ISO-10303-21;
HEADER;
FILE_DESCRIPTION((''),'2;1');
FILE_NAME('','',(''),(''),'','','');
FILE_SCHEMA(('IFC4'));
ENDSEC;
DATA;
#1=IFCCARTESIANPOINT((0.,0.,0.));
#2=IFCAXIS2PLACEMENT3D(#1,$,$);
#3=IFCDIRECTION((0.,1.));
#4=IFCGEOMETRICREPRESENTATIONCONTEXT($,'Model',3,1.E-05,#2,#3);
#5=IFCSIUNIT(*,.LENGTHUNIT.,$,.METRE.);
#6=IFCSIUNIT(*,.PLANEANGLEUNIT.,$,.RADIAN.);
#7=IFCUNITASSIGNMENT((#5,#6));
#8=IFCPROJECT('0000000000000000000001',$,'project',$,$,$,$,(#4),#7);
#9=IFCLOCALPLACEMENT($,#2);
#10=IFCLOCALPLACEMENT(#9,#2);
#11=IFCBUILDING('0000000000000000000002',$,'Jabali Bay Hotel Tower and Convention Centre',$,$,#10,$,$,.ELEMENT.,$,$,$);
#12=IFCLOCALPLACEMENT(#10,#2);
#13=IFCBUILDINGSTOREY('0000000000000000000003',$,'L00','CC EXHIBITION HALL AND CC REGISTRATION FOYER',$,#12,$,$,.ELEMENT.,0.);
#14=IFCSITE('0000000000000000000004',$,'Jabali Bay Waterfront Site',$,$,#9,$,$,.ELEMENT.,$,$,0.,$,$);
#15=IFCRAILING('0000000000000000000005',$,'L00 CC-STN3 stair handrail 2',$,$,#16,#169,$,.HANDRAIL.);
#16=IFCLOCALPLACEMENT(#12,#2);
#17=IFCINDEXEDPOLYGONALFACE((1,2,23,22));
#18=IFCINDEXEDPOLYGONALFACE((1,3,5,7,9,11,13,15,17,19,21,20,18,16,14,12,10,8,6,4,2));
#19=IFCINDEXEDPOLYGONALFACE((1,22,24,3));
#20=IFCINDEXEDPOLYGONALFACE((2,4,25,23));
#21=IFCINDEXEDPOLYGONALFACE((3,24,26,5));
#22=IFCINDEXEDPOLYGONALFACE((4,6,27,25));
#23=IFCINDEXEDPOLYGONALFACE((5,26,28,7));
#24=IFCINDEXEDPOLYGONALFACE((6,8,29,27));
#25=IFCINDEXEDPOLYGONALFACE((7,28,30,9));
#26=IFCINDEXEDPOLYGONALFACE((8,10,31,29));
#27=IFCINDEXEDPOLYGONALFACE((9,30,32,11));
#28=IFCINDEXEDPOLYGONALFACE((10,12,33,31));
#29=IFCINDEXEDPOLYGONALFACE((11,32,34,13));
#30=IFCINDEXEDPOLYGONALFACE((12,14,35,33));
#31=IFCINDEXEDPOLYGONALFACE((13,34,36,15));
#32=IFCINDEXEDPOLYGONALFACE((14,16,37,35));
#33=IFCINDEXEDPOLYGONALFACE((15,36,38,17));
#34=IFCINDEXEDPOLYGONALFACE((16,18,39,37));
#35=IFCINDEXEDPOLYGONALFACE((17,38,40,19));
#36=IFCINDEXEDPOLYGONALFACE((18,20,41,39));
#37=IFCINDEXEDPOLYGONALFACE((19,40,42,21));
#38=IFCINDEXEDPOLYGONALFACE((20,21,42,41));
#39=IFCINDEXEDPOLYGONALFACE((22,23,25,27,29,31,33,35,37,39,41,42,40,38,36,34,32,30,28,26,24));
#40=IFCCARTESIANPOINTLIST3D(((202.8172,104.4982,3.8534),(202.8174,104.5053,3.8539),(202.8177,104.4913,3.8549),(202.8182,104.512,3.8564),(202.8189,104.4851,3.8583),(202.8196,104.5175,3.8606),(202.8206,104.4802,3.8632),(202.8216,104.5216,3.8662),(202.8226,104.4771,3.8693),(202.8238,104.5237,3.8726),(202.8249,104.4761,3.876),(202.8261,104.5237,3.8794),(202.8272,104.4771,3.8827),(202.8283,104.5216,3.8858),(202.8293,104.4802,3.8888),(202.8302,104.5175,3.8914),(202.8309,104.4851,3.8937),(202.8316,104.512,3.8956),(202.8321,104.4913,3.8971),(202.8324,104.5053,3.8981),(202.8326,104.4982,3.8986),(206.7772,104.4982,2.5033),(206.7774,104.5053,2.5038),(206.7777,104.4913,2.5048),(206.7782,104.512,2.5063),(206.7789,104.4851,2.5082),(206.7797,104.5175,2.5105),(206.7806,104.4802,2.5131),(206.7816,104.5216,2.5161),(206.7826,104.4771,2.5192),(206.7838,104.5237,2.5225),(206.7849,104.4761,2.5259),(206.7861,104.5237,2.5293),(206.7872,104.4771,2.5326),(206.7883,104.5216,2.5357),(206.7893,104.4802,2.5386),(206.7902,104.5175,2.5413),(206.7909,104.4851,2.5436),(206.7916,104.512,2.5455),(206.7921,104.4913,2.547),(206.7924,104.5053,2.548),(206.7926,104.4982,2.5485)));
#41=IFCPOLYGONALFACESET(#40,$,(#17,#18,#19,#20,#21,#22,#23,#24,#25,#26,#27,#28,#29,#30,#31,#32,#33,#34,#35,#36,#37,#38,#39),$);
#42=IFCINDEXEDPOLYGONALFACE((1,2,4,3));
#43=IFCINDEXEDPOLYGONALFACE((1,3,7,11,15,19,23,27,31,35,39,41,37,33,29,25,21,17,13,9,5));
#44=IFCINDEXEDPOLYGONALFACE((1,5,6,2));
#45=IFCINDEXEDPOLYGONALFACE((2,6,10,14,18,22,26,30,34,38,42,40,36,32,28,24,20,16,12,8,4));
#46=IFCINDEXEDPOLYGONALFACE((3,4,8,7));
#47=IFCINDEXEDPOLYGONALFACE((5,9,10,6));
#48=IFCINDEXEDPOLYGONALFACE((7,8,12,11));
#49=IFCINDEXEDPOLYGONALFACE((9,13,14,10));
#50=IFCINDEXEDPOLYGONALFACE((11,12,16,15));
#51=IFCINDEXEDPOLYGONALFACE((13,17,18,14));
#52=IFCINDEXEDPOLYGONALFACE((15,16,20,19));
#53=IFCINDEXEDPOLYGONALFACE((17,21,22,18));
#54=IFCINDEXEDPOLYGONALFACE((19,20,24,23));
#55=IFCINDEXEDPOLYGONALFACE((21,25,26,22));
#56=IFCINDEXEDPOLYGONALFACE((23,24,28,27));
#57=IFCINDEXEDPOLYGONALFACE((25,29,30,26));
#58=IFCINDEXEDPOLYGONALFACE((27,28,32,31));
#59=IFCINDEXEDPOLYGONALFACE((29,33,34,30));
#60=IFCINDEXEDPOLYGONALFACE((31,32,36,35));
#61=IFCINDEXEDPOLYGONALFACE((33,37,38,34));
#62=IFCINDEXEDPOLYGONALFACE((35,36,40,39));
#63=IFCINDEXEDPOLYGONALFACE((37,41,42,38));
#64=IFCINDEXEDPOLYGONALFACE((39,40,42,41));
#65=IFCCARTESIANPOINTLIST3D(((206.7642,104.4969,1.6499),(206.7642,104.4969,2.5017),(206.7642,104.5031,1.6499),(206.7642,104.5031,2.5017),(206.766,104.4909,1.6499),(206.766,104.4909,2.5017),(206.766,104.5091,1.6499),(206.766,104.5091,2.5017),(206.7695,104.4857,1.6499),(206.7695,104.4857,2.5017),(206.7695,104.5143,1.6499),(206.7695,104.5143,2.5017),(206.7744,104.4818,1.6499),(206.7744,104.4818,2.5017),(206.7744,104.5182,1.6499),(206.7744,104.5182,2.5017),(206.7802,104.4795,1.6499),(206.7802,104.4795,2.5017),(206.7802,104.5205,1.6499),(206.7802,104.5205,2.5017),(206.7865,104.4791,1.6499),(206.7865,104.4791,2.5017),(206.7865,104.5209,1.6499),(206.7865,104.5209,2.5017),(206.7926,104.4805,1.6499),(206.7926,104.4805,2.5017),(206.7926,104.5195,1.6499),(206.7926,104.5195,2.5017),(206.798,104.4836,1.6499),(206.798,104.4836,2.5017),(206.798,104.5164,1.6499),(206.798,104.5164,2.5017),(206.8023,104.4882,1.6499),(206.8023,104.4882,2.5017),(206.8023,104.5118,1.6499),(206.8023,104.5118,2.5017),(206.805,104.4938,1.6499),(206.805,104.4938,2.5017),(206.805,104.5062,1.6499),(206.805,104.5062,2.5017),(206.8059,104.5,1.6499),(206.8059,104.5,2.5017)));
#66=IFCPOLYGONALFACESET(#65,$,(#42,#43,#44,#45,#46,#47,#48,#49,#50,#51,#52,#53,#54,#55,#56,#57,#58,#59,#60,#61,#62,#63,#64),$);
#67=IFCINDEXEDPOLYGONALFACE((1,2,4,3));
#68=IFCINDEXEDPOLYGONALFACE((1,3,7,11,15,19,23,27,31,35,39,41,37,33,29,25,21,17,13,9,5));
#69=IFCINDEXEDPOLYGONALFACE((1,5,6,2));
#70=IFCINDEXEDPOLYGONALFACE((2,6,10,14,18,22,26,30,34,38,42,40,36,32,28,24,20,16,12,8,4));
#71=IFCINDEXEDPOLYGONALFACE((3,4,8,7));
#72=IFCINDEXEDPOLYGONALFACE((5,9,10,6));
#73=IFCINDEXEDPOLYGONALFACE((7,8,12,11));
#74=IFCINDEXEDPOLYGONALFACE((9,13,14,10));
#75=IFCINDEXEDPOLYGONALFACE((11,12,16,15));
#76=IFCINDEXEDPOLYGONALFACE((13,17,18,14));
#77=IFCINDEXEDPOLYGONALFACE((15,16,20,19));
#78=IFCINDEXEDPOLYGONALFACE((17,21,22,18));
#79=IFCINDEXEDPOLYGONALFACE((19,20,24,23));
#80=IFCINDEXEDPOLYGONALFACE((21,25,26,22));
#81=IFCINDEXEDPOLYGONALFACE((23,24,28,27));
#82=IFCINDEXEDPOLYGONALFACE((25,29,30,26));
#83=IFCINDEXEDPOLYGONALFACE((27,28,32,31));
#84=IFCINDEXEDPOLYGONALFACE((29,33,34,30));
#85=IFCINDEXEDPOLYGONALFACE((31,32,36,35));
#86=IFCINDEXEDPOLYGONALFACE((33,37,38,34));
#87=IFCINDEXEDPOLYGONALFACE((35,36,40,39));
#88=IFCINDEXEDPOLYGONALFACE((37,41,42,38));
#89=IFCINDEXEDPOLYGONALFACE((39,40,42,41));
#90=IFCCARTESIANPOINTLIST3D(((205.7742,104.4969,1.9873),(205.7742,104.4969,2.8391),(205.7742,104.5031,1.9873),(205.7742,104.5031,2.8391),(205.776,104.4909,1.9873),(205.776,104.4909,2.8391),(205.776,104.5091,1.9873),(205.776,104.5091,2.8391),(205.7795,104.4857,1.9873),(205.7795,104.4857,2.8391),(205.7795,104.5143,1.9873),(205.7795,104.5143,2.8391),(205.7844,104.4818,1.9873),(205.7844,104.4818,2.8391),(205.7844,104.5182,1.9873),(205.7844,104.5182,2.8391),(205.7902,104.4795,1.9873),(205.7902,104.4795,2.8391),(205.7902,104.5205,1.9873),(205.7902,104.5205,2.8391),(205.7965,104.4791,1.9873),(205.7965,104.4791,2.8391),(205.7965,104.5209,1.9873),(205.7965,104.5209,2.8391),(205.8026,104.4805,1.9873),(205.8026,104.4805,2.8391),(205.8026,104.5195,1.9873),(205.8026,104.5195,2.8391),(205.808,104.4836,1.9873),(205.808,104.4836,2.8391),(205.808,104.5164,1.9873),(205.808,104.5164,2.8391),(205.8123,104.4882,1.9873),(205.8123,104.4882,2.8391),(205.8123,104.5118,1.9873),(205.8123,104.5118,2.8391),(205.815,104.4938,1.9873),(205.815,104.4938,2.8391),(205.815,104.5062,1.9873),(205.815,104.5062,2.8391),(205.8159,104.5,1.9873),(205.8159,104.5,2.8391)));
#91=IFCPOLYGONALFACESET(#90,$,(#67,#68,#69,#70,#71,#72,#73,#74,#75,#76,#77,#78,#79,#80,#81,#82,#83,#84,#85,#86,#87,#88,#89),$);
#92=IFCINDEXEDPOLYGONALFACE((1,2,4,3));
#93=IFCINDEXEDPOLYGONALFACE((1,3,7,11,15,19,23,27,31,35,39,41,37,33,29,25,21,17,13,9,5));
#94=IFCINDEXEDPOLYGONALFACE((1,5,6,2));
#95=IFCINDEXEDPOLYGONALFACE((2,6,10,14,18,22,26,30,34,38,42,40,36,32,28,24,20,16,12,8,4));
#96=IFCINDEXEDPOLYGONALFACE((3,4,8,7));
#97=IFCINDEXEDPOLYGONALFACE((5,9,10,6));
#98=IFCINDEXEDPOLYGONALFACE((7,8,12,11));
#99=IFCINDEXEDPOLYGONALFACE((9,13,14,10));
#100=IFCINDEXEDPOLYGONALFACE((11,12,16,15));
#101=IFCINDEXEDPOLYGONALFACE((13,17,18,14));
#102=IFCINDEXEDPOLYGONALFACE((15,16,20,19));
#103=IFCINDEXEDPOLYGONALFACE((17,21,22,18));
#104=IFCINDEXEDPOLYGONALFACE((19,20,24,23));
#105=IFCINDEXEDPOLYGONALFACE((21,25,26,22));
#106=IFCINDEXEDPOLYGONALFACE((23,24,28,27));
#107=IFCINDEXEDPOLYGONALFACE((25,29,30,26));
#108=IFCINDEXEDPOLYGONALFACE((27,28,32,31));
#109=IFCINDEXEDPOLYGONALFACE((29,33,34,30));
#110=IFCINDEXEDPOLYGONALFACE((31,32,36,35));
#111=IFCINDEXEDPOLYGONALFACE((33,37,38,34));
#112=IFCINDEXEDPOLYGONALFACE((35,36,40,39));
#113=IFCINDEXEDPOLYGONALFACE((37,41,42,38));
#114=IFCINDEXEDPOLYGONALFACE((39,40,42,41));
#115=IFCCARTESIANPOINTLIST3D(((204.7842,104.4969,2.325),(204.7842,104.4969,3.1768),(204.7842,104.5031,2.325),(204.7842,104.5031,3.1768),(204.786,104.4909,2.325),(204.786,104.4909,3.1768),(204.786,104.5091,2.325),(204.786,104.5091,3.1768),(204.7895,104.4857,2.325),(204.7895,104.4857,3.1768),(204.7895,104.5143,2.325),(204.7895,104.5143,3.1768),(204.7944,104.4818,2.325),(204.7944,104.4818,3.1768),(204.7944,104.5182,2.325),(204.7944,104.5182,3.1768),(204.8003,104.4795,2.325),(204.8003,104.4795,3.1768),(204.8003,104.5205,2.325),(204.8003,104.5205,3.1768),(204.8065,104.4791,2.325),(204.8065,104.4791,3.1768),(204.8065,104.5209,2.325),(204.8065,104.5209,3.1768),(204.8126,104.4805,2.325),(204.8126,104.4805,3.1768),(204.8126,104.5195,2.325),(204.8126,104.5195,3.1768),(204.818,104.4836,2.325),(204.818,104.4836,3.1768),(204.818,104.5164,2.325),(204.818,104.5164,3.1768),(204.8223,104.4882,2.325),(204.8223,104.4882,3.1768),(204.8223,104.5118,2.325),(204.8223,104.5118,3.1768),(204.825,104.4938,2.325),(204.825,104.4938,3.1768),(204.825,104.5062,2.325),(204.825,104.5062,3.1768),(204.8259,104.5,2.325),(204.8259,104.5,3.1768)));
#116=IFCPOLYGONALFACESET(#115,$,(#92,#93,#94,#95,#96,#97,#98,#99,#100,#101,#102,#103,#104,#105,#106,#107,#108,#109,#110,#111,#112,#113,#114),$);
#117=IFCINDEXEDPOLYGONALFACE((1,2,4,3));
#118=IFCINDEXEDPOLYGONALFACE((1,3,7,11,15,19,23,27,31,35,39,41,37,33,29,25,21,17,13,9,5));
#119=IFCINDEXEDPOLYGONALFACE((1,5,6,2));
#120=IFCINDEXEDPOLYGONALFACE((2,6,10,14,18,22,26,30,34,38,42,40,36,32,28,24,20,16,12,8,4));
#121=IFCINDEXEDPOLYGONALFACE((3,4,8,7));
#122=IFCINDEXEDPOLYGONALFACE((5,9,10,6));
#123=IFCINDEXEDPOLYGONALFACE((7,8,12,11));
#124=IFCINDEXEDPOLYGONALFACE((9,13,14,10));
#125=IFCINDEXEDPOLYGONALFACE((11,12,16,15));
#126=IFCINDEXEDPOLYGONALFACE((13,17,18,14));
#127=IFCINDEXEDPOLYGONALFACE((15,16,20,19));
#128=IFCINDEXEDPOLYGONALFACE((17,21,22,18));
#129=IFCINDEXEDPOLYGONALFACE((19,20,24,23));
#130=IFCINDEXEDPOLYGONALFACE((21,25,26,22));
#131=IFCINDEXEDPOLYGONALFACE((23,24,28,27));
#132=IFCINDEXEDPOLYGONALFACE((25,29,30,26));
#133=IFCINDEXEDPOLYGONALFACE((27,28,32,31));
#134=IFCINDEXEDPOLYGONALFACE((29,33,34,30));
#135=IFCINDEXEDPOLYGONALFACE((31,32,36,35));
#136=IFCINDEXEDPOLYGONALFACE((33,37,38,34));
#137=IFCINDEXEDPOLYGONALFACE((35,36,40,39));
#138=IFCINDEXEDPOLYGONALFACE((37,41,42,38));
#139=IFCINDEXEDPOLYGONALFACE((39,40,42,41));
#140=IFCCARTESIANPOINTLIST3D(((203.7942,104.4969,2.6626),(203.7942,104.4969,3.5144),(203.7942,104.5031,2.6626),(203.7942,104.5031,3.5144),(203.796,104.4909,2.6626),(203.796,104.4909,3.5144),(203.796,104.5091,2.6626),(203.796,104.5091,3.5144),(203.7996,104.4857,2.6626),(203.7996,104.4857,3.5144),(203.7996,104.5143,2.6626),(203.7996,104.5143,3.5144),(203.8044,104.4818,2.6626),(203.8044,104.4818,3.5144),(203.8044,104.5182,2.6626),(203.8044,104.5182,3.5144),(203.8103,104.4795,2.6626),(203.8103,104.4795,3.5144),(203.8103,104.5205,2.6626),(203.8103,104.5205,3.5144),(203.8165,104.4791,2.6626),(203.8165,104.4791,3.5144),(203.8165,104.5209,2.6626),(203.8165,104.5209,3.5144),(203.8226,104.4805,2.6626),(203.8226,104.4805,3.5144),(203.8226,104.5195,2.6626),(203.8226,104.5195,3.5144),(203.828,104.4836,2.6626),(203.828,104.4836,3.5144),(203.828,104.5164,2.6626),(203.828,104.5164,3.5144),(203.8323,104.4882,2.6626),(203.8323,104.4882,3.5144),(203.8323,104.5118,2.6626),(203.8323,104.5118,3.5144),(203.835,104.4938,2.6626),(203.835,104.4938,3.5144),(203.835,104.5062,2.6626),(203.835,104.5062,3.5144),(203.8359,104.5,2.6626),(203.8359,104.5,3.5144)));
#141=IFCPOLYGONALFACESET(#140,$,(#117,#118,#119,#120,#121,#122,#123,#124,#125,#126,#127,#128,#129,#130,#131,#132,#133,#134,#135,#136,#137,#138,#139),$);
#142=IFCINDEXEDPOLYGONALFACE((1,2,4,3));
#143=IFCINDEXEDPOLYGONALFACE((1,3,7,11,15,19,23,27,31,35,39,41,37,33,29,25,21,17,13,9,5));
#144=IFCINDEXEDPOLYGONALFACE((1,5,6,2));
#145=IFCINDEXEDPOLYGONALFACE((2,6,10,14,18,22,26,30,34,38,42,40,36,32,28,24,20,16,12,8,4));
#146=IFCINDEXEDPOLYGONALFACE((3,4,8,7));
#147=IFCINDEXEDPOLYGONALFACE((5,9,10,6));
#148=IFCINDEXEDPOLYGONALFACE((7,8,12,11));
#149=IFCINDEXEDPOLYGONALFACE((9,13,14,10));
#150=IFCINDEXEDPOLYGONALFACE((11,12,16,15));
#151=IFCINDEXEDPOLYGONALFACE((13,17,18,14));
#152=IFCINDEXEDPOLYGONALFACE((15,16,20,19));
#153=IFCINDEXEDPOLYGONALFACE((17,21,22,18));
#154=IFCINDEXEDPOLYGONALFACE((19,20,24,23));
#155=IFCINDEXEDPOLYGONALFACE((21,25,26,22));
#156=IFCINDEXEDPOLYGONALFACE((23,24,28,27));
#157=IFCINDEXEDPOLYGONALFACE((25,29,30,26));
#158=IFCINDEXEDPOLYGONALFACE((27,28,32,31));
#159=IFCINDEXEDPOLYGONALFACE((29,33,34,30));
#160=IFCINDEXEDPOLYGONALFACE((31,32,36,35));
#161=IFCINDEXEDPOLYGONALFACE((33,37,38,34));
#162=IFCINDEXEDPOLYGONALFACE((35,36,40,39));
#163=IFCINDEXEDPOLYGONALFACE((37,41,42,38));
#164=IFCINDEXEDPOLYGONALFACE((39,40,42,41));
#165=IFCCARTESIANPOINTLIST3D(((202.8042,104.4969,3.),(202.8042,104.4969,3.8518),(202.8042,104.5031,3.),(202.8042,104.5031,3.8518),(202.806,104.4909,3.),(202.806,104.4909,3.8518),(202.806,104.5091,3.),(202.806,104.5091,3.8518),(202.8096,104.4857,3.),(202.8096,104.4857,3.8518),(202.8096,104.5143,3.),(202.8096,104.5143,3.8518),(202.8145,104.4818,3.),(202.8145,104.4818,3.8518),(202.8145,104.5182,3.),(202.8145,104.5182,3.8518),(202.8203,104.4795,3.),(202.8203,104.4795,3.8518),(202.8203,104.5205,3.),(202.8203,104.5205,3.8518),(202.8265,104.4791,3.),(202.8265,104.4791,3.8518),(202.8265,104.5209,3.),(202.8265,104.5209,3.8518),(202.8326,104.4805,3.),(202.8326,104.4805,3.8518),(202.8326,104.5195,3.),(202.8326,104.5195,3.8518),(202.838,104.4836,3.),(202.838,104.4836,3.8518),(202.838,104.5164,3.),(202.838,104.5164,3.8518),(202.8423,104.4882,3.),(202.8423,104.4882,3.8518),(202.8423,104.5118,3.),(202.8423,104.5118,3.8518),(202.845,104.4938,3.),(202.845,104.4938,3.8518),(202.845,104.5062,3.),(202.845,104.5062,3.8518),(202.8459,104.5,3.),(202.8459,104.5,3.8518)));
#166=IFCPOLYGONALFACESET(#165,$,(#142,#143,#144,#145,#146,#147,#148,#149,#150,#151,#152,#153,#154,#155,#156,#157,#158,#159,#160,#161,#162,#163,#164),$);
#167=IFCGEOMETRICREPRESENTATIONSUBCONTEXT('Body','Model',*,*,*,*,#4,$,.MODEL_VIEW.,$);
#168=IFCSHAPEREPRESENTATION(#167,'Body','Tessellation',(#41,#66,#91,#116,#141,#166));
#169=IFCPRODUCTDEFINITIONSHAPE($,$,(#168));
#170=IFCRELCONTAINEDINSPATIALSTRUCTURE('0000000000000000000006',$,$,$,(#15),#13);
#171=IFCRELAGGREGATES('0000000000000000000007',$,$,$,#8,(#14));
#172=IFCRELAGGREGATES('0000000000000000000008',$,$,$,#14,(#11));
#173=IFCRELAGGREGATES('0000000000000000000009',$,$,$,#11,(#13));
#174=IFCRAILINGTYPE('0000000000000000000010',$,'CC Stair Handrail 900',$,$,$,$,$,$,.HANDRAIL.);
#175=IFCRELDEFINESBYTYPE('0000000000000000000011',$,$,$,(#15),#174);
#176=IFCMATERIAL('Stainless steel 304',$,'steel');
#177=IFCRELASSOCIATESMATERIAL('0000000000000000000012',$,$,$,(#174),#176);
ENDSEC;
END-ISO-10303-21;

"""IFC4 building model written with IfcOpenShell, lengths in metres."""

from ifc_helpers import new_model, si_unit, direction, frame, origin, origin_2d, place, context, subcontext, project, spatial, circle, extrude, material, type_object, element, save


model = new_model("IFC4")

# Units and contexts
model_context = context("Model", 3, precision=1e-05, world=origin(), true_north=direction((0.0, 1.0)))
body_context = subcontext(model_context, "Body", "Model", "MODEL_VIEW")
ifc_project = project(units=[si_unit("LENGTHUNIT", "METRE"), si_unit("PLANEANGLEUNIT", "RADIAN")], contexts=[model_context])

# Site, building, storey
site_placement = place(None, origin())
site = spatial("IfcSite", under=ifc_project, at=site_placement, Name="Jabali Bay Waterfront Site", CompositionType="ELEMENT", RefElevation=0.0)
building_placement = place(site_placement, origin())
building = spatial("IfcBuilding", under=site, at=building_placement, Name="Jabali Bay Hotel Tower and Convention Centre", CompositionType="ELEMENT")
storey_placement = place(building_placement, origin())
storey = spatial("IfcBuildingStorey", under=building, at=storey_placement, Name="L00", Description="CC EXHIBITION HALL AND CC REGISTRATION FOYER", CompositionType="ELEMENT", Elevation=0.0)

# Railing
ifc_material_1 = material(Name="Stainless steel 304", Category="steel")
railing_type_1 = type_object("IfcRailingType", Name="CC Stair Handrail 900", PredefinedType="HANDRAIL", material=ifc_material_1)
railing_1_placement = place(storey_placement, frame((206.7849, 104.5, 1.6499)))
element("IfcRailing", 1, at=railing_1_placement, inside=storey, type_object=railing_type_1, Name="L00 CC-STN3 stair handrail 2", PredefinedType="HANDRAIL", context=body_context, shape_type="SweptSolid", body=[
    extrude(circle(Radius=0.0239, at=origin_2d()), frame((0.0, 0.0, 0.876), z_axis=(-0.946502, 0.0, 0.322698), x_axis=(0.0, -1.0, 0.0)), (0.0, 0.0, 1.0), 4.1838),
    extrude(circle(Radius=0.021, at=origin_2d()), origin(), (0.0, 0.0, 1.0), 0.8518),
    extrude(circle(Radius=0.021, at=origin_2d()), frame((-0.99, 0.0, 0.3374)), (0.0, 0.0, 1.0), 0.8518),
    extrude(circle(Radius=0.021, at=origin_2d()), frame((-1.98, 0.0, 0.675)), (0.0, 0.0, 1.0), 0.8518),
    extrude(circle(Radius=0.021, at=origin_2d()), frame((-2.97, 0.0, 1.0127)), (0.0, 0.0, 1.0), 0.8518),
    extrude(circle(Radius=0.021, at=origin_2d()), frame((-3.96, 0.0, 1.3501)), (0.0, 0.0, 1.0), 0.8518),
])

save(model, "model.ifc")
